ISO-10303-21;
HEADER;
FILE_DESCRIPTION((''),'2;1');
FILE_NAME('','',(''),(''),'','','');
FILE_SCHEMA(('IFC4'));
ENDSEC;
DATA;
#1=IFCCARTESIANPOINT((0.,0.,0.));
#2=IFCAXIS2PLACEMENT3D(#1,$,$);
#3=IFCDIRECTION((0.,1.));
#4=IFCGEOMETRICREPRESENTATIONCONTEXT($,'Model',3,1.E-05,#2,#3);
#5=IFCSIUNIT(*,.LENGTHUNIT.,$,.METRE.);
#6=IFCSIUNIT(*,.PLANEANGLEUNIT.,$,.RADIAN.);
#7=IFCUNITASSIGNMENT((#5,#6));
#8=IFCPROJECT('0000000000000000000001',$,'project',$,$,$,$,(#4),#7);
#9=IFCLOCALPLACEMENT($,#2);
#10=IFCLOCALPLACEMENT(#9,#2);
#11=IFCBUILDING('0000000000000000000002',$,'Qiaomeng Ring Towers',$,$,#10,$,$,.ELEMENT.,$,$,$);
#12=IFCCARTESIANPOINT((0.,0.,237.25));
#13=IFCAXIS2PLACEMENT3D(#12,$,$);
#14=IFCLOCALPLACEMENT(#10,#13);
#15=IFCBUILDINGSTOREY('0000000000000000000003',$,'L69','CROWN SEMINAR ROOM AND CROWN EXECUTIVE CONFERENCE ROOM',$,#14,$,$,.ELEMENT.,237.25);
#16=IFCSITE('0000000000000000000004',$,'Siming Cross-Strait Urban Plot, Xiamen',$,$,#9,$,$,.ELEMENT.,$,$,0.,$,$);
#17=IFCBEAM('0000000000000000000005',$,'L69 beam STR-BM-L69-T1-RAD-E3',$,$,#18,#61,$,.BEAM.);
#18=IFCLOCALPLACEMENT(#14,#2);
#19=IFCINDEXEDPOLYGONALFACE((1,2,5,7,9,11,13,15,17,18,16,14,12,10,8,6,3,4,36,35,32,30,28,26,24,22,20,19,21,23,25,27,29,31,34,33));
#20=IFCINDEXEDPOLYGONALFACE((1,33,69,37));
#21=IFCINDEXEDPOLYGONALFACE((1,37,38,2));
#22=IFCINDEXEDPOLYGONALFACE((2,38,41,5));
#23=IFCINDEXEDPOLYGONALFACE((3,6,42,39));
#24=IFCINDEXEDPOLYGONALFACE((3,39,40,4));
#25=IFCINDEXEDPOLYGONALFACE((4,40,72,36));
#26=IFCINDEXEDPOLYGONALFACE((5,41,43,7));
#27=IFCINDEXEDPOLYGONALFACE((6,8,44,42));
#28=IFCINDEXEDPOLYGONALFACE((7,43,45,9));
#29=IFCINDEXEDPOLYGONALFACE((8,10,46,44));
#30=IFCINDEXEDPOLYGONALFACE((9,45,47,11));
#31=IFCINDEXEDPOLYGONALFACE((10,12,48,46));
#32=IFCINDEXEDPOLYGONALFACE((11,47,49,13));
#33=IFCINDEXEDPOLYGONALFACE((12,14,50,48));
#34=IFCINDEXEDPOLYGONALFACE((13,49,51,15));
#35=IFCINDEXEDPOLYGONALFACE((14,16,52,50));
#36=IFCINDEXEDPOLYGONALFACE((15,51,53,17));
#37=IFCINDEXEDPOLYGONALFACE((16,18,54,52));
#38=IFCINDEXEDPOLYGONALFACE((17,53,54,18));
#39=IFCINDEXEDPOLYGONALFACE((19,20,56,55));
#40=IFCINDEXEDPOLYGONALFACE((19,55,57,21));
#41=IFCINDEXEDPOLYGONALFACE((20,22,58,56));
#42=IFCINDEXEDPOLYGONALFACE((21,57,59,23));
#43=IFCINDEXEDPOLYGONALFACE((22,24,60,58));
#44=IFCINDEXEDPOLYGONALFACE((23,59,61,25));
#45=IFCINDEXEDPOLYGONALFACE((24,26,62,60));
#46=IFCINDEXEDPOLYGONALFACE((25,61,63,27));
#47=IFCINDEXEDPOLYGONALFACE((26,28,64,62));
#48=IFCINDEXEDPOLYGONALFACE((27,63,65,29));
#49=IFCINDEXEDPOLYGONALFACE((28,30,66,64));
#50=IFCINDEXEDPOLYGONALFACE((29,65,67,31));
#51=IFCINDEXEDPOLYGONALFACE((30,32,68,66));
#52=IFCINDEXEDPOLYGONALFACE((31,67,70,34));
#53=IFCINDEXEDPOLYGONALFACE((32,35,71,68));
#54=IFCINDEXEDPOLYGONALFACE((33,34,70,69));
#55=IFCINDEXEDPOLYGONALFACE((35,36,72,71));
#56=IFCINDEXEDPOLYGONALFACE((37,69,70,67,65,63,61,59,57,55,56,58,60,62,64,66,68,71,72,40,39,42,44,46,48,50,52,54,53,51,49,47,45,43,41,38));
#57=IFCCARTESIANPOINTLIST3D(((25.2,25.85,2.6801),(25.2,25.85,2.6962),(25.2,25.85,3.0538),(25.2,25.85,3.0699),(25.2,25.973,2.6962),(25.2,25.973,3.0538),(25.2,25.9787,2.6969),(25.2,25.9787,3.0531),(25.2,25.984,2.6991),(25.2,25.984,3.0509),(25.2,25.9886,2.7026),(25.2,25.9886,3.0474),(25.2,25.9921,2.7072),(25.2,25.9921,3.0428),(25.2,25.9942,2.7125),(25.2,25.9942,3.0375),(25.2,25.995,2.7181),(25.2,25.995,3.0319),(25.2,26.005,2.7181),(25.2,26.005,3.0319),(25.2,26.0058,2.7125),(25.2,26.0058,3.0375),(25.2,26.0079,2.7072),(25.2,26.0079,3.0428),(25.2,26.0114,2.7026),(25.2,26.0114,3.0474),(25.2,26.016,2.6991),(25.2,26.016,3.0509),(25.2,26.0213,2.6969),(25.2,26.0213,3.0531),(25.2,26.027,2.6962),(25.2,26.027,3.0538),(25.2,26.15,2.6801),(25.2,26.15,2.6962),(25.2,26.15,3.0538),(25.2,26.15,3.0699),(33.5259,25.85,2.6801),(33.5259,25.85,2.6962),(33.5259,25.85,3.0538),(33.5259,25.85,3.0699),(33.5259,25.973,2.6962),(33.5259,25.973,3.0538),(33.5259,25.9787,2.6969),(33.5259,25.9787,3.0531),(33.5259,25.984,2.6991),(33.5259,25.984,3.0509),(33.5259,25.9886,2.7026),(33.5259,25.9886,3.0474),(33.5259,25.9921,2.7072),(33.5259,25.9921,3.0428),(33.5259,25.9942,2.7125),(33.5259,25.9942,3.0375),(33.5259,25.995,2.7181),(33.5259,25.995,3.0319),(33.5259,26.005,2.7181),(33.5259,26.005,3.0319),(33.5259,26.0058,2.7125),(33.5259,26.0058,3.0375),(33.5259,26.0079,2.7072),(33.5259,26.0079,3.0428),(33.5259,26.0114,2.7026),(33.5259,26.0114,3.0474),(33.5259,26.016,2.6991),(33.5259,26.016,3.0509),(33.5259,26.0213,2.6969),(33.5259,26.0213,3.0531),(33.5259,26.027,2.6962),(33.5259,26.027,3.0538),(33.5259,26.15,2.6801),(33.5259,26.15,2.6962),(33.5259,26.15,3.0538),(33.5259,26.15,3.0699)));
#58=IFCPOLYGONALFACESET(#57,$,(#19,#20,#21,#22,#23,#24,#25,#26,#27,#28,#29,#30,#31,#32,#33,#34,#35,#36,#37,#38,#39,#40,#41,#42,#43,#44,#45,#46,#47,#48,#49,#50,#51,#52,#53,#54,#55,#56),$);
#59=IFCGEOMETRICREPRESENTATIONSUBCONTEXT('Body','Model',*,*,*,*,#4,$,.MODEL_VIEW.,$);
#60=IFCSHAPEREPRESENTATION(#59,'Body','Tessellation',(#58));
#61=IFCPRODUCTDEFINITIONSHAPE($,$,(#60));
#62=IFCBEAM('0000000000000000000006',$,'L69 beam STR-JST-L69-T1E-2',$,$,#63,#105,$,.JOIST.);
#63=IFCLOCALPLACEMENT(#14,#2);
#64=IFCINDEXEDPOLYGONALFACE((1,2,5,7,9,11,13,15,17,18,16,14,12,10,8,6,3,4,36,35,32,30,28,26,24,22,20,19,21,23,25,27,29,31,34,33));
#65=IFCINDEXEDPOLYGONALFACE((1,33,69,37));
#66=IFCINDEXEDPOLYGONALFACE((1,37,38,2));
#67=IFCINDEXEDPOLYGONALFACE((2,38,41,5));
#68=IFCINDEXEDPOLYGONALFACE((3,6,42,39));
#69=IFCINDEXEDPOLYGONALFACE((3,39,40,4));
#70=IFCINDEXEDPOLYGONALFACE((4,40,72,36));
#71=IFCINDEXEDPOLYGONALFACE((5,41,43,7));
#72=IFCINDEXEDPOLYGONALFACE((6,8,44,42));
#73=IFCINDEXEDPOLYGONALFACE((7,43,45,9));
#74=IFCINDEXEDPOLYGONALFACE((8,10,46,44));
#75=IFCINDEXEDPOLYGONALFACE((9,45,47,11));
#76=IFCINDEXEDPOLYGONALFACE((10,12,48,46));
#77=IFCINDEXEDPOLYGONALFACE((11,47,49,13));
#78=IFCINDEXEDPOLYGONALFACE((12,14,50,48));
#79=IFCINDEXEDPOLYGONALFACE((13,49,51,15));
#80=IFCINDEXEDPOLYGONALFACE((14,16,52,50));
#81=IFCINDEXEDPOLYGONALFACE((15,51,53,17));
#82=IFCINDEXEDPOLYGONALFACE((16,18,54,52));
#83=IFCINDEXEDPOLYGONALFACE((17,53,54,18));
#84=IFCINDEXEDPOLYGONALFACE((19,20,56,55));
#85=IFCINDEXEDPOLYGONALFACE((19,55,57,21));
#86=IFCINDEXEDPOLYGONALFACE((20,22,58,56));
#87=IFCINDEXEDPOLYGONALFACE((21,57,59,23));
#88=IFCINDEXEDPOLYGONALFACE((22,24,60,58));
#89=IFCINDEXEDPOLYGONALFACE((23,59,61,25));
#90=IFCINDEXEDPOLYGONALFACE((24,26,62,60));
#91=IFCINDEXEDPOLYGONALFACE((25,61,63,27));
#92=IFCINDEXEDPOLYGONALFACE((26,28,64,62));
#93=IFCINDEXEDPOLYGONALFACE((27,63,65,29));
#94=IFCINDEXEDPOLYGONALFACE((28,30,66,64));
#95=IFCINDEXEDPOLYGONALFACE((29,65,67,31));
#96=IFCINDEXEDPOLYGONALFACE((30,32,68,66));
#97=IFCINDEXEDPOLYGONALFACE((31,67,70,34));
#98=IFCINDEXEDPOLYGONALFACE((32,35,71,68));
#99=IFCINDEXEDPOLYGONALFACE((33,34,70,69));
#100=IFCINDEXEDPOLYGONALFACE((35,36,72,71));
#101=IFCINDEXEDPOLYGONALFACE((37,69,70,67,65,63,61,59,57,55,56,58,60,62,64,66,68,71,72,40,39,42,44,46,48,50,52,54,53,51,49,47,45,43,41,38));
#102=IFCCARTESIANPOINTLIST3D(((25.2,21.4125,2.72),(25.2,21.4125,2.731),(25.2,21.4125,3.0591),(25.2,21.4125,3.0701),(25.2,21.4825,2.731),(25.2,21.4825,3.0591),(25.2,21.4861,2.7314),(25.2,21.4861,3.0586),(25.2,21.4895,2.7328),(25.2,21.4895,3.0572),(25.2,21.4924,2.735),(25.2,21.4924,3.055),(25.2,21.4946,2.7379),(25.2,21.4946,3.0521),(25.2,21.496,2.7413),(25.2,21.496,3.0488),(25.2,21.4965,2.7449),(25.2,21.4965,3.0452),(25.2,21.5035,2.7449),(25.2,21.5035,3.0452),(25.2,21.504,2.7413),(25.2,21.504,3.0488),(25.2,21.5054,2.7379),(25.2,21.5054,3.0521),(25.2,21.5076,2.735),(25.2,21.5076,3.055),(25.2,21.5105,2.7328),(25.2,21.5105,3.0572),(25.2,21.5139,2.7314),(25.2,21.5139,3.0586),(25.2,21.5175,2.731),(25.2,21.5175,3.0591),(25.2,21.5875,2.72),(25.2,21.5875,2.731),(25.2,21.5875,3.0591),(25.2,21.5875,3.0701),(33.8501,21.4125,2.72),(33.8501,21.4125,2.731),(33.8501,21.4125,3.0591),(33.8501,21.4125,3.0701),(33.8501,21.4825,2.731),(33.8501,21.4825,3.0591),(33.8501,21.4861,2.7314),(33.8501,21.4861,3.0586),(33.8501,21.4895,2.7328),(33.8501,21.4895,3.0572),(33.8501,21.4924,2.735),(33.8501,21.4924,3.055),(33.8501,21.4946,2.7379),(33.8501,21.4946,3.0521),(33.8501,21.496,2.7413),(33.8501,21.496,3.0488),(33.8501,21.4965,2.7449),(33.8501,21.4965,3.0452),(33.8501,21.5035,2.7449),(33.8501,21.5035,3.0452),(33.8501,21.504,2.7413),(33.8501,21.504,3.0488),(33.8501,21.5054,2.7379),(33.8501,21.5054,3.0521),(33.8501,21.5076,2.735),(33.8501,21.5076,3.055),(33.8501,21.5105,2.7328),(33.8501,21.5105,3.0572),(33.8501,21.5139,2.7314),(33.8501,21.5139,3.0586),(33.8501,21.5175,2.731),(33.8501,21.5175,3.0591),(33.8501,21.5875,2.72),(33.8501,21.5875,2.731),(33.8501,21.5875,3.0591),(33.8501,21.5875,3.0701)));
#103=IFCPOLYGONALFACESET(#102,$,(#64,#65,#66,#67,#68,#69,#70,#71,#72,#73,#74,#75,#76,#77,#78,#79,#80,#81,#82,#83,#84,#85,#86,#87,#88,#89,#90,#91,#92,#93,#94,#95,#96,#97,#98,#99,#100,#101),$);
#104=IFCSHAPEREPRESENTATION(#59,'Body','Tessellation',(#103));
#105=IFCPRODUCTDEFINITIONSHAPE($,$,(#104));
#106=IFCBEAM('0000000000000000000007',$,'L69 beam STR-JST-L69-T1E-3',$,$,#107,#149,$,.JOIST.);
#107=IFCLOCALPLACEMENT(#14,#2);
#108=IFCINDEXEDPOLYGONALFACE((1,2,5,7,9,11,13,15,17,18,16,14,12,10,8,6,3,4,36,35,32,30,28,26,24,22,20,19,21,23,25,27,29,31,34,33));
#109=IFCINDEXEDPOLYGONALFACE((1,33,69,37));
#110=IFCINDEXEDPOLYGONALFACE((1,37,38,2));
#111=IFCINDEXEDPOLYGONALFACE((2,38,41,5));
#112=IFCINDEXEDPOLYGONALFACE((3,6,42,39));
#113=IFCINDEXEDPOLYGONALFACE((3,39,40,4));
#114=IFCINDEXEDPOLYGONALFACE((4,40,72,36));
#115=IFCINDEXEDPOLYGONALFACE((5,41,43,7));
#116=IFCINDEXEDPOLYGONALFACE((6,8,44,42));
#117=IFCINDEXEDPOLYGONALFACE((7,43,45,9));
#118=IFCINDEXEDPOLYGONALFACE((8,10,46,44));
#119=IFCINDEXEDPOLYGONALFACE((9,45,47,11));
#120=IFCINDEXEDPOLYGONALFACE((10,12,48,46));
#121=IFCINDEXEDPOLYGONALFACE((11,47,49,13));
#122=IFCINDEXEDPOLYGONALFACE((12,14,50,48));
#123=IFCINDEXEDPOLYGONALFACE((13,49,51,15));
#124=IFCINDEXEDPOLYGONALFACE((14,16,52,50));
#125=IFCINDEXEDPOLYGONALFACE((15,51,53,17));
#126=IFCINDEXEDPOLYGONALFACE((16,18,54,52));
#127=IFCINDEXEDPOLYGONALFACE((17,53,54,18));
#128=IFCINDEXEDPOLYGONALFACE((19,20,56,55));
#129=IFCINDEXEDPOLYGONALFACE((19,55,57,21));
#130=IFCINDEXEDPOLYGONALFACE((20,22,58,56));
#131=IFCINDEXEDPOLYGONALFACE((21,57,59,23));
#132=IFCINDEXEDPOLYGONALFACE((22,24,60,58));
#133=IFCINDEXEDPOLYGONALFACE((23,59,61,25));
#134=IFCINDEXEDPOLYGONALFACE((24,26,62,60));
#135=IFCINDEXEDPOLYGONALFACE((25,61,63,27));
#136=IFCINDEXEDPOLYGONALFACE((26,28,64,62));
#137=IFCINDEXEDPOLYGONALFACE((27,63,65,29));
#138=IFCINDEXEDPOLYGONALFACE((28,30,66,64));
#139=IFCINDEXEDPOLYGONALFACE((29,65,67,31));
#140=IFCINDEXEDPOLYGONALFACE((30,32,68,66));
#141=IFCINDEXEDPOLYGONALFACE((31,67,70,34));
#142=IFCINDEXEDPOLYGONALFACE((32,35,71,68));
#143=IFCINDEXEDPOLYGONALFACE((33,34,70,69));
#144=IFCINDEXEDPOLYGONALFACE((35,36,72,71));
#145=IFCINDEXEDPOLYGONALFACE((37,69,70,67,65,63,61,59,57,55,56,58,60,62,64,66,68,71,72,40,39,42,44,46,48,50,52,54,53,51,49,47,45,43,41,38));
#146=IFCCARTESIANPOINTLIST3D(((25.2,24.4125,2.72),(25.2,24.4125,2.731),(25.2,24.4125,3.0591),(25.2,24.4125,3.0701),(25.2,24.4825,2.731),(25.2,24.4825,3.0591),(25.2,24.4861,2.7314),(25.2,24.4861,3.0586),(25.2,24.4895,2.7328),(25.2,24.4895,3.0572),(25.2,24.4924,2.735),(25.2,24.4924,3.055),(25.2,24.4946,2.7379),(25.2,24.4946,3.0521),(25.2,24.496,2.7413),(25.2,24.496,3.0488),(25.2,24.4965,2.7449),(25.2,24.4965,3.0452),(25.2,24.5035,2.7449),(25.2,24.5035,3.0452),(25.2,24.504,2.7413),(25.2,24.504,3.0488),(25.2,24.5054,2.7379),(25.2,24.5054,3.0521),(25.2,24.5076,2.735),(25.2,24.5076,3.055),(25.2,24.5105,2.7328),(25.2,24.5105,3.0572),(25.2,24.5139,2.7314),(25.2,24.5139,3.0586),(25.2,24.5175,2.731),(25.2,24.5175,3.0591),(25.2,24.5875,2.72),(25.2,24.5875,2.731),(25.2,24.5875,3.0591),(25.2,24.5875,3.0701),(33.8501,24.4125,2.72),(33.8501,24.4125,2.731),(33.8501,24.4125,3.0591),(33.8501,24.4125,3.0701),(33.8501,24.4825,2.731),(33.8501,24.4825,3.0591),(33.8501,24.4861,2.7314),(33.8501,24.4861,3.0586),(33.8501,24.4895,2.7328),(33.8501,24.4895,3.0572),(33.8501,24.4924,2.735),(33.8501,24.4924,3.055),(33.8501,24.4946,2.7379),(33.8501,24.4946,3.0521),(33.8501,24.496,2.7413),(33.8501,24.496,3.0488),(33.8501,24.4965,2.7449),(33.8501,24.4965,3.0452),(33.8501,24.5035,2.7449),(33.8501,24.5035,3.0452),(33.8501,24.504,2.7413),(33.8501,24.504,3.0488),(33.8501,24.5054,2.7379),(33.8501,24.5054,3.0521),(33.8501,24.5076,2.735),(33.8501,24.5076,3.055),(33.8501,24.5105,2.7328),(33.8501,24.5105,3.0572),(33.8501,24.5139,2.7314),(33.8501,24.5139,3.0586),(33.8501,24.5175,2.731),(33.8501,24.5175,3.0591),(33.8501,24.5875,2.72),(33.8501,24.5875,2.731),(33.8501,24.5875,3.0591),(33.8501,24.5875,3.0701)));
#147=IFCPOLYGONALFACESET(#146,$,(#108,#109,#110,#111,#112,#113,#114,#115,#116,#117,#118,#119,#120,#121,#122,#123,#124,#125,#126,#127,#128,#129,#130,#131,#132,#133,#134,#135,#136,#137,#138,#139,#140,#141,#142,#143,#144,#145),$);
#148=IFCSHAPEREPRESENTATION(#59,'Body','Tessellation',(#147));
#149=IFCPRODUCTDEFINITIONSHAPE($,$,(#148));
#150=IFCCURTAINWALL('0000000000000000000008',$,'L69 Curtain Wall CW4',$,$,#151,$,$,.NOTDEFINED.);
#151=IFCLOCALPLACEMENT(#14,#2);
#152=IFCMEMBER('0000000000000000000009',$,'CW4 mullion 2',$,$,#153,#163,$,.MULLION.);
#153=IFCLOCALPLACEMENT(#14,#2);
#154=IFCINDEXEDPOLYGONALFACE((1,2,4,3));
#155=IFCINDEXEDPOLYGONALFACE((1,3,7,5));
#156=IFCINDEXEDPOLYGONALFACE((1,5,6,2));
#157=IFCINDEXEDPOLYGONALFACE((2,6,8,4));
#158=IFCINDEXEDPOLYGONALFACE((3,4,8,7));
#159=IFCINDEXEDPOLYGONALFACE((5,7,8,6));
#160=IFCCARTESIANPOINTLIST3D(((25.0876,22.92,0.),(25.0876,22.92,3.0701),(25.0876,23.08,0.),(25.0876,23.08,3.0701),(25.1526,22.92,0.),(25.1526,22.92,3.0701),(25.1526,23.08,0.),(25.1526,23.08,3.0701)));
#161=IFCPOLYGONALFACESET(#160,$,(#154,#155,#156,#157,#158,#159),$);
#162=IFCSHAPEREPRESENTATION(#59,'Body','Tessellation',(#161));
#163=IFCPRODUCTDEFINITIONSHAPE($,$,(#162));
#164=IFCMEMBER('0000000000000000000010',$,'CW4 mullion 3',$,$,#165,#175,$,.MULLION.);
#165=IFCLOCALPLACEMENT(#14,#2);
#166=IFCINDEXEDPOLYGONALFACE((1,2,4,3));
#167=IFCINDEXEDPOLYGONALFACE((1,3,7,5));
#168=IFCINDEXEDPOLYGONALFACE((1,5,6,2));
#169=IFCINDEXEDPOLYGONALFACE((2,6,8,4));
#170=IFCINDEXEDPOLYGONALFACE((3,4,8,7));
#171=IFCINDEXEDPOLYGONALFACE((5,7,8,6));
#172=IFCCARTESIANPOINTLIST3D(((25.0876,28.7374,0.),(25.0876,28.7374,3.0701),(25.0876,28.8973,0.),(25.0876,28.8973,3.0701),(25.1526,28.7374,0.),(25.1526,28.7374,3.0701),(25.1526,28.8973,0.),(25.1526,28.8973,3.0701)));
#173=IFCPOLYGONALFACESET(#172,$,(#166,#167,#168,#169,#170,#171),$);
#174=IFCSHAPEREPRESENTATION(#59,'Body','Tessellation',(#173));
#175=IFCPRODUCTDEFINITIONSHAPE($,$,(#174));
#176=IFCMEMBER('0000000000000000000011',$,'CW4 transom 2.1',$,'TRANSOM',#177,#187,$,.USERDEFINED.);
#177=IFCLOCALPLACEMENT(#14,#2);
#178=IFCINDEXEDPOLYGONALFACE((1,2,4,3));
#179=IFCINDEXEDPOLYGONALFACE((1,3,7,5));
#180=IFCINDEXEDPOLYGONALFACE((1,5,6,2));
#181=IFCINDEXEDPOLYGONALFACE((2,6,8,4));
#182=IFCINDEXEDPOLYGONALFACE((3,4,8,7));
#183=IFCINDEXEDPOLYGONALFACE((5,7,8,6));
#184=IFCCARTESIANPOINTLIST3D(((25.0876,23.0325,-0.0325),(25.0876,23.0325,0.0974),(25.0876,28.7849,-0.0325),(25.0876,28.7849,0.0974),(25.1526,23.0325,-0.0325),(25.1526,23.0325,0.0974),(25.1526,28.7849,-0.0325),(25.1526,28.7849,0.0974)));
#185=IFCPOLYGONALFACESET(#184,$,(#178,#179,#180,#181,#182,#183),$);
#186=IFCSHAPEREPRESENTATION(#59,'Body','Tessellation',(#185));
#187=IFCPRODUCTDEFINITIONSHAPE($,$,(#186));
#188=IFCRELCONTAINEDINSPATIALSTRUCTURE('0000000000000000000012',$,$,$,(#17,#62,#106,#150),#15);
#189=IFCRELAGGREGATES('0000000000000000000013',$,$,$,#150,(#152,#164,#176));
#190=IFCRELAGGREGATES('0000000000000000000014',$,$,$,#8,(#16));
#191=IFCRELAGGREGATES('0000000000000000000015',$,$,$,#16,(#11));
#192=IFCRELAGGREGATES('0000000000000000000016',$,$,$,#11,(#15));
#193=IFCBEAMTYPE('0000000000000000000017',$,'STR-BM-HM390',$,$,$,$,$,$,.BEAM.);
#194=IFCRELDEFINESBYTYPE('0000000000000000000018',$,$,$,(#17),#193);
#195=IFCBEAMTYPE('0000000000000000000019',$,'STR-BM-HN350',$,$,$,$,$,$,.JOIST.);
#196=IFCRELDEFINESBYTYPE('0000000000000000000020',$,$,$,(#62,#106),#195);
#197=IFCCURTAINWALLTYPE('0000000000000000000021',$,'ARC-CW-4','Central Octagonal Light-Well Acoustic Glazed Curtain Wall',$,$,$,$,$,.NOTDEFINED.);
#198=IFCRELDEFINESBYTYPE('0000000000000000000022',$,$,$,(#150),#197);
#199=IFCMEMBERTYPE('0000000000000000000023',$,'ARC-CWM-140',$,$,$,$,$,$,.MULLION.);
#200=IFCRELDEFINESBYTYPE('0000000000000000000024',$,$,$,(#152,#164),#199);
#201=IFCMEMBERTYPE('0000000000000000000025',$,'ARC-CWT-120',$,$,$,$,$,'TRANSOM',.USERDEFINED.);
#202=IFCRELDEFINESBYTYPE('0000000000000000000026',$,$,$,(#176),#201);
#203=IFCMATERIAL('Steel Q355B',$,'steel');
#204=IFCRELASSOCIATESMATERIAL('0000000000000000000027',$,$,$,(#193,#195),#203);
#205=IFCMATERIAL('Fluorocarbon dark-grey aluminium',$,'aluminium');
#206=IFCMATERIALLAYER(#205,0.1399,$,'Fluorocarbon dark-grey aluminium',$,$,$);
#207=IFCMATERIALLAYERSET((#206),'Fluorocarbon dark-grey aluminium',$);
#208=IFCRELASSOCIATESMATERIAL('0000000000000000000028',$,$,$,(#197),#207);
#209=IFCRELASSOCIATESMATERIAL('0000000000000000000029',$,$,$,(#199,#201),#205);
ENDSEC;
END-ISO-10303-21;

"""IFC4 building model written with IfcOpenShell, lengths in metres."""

from ifc_helpers import new_model, si_unit, direction, frame, origin, origin_2d, place, context, subcontext, project, spatial, rectangle, i_section, extrude, source, transform, mapped, material, layer, layer_set, material_profile, profile_set, type_object, element, aggregate, save


model = new_model("IFC4")

# Units and contexts
model_context = context("Model", 3, precision=1e-05, world=origin(), true_north=direction((0.0, 1.0)))
body_context = subcontext(model_context, "Body", "Model", "MODEL_VIEW")
ifc_project = project(units=[si_unit("LENGTHUNIT", "METRE"), si_unit("PLANEANGLEUNIT", "RADIAN")], contexts=[model_context])

# Site, building, storey
site_placement = place(None, origin())
site = spatial("IfcSite", under=ifc_project, at=site_placement, Name="Siming Cross-Strait Urban Plot, Xiamen", CompositionType="ELEMENT", RefElevation=0.0)
building_placement = place(site_placement, origin())
building = spatial("IfcBuilding", under=site, at=building_placement, Name="Qiaomeng Ring Towers", CompositionType="ELEMENT")
storey_placement = place(building_placement, frame((0.0, 0.0, 237.25)))
storey = spatial("IfcBuildingStorey", under=building, at=storey_placement, Name="L69", Description="CROWN SEMINAR ROOM AND CROWN EXECUTIVE CONFERENCE ROOM", CompositionType="ELEMENT", Elevation=237.25)

# Beams
ifc_material_1 = material(Name="Steel Q355B", Category="steel")
ifc_material_profile_1 = material_profile(ifc_material_1, i_section(OverallWidth=0.3, OverallDepth=0.3899, WebThickness=0.01, FlangeThickness=0.0161, FilletRadius=0.022, at=origin_2d()), Name="HM 390x300x10x16")
ifc_profile_set_1 = profile_set([ifc_material_profile_1], Name="Steel Q355B")
beam_type_1 = type_object("IfcBeamType", Name="STR-BM-HM390", PredefinedType="BEAM", material=ifc_profile_set_1)
shared_shape_1 = source(origin(), body_context, "Body", "SweptSolid", [
    extrude(i_section(OverallWidth=0.3, OverallDepth=0.3899, WebThickness=0.01, FlangeThickness=0.0161, FilletRadius=0.022, at=origin_2d()), origin(), (0.0, 0.0, 1.0), 8.3259),
])
beam_placement = place(storey_placement, frame((25.2, 26.0, 2.875), z_axis=(1.0, 0.0, 0.0), x_axis=(0.0, 1.0, 0.0)))
element("IfcBeam", 1, at=beam_placement, inside=storey, type_object=beam_type_1, Name="L69 beam STR-BM-L69-T1-RAD-E3", PredefinedType="BEAM", context=body_context, shape_type="MappedRepresentation", body=[
    mapped(shared_shape_1, transform((0.0, 0.0, 0.0), x_axis=(1.0, 0.0, 0.0), y_axis=(0.0, 1.0, 0.0), z_axis=(0.0, 0.0, 1.0), scale=1.0)),
])
ifc_material_profile_2 = material_profile(ifc_material_1, i_section(OverallWidth=0.175, OverallDepth=0.3501, WebThickness=0.0071, FlangeThickness=0.011, FilletRadius=0.0139, at=origin_2d()), Name="HN 350x175x7x11")
ifc_profile_set_2 = profile_set([ifc_material_profile_2], Name="Steel Q355B")
beam_type_2 = type_object("IfcBeamType", Name="STR-BM-HN350", PredefinedType="JOIST", material=ifc_profile_set_2)
shared_shape_2 = source(origin(), body_context, "Body", "SweptSolid", [
    extrude(i_section(OverallWidth=0.175, OverallDepth=0.3501, WebThickness=0.0071, FlangeThickness=0.011, FilletRadius=0.0139, at=origin_2d()), origin(), (0.0, 0.0, 1.0), 8.6501),
])
for number, where, z_axis, x_axis, name in (
    (2, (25.2, 21.5, 2.895), (1.0, 0.0, 0.0), (0.0, 1.0, 0.0), "L69 beam STR-JST-L69-T1E-2"),
    (3, (25.2, 24.5, 2.895), (1.0, 0.0, 0.0), (0.0, 1.0, 0.0), "L69 beam STR-JST-L69-T1E-3"),
):
    element("IfcBeam", number, at=place(storey_placement, frame(where, z_axis=z_axis, x_axis=x_axis)), inside=storey, type_object=beam_type_2, Name=name, PredefinedType="JOIST", context=body_context, shape_type="MappedRepresentation", body=[
        mapped(shared_shape_2, transform((0.0, 0.0, 0.0), x_axis=(1.0, 0.0, 0.0), y_axis=(0.0, 1.0, 0.0), z_axis=(0.0, 0.0, 1.0), scale=1.0)),
    ])

# Curtain wall, members
ifc_material_2 = material(Name="Fluorocarbon dark-grey aluminium", Category="aluminium")
ifc_layer_1 = layer(ifc_material_2, 0.1399, Name="Fluorocarbon dark-grey aluminium")
ifc_layer_set_1 = layer_set([ifc_layer_1], Name="Fluorocarbon dark-grey aluminium")
curtain_wall_type = type_object("IfcCurtainWallType", Name="ARC-CW-4", Description="Central Octagonal Light-Well Acoustic Glazed Curtain Wall", PredefinedType="NOTDEFINED", material=ifc_layer_set_1)
curtain_wall_placement = place(storey_placement, origin())
curtain_wall = element("IfcCurtainWall", 4, at=curtain_wall_placement, inside=storey, type_object=curtain_wall_type, Name="L69 Curtain Wall CW4", PredefinedType="NOTDEFINED")
ifc_material_profile_3 = material_profile(ifc_material_2, rectangle(XDim=0.0649, YDim=0.1599, at=origin_2d()), Name="ALU MULL 65x160")
ifc_profile_set_3 = profile_set([ifc_material_profile_3], Name="Fluorocarbon dark-grey aluminium")
member_type_1 = type_object("IfcMemberType", Name="ARC-CWM-140", PredefinedType="MULLION", material=ifc_profile_set_3)
shared_shape_3 = source(origin(), body_context, "Body", "SweptSolid", [
    extrude(rectangle(XDim=0.0649, YDim=0.1599, at=origin_2d()), origin(), (0.0, 0.0, 1.0), 3.0701),
])
member_1_placement = place(storey_placement, frame((25.1201, 23.0, 0.0), z_axis=(0.0, 0.0, 1.0), x_axis=(-1.0, 0.0, 0.0)))
member_1 = element("IfcMember", 5, at=member_1_placement, type_object=member_type_1, Name="CW4 mullion 2", PredefinedType="MULLION", context=body_context, shape_type="MappedRepresentation", body=[
    mapped(shared_shape_3, transform((0.0, 0.0, 0.0), x_axis=(1.0, 0.0, 0.0), y_axis=(0.0, 1.0, 0.0), z_axis=(0.0, 0.0, 1.0), scale=1.0)),
])
member_2_placement = place(storey_placement, frame((25.1201, 28.8174, 0.0), z_axis=(0.0, 0.0, 1.0), x_axis=(-1.0, 0.0, 0.0)))
member_2 = element("IfcMember", 6, at=member_2_placement, type_object=member_type_1, Name="CW4 mullion 3", PredefinedType="MULLION", context=body_context, shape_type="MappedRepresentation", body=[
    mapped(shared_shape_3, transform((0.0, 0.0, 0.0), x_axis=(1.0, 0.0, 0.0), y_axis=(0.0, 1.0, 0.0), z_axis=(0.0, 0.0, 1.0), scale=1.0)),
])
ifc_material_profile_4 = material_profile(ifc_material_2, rectangle(XDim=0.0649, YDim=0.1299, at=origin_2d()), Name="ALU TRAN 65x130")
ifc_profile_set_4 = profile_set([ifc_material_profile_4], Name="Fluorocarbon dark-grey aluminium")
member_type_2 = type_object("IfcMemberType", Name="ARC-CWT-120", ElementType="TRANSOM", PredefinedType="USERDEFINED", material=ifc_profile_set_4)
shared_shape_4 = source(origin(), body_context, "Body", "SweptSolid", [
    extrude(rectangle(XDim=0.0649, YDim=0.1299, at=origin_2d()), origin(), (0.0, 0.0, 1.0), 5.7524),
])
member_3_placement = place(storey_placement, frame((25.1201, 23.0325, 0.0325), z_axis=(0.0, 1.0, 0.0), x_axis=(-1.0, 0.0, 0.0)))
member_3 = element("IfcMember", 7, at=member_3_placement, type_object=member_type_2, Name="CW4 transom 2.1", ObjectType="TRANSOM", PredefinedType="USERDEFINED", context=body_context, shape_type="MappedRepresentation", body=[
    mapped(shared_shape_4, transform((0.0, 0.0, 0.0), x_axis=(1.0, 0.0, 0.0), y_axis=(0.0, 1.0, 0.0), z_axis=(0.0, 0.0, 1.0), scale=1.0)),
])
aggregate(curtain_wall, [member_1, member_2, member_3])

save(model, "model.ifc")
